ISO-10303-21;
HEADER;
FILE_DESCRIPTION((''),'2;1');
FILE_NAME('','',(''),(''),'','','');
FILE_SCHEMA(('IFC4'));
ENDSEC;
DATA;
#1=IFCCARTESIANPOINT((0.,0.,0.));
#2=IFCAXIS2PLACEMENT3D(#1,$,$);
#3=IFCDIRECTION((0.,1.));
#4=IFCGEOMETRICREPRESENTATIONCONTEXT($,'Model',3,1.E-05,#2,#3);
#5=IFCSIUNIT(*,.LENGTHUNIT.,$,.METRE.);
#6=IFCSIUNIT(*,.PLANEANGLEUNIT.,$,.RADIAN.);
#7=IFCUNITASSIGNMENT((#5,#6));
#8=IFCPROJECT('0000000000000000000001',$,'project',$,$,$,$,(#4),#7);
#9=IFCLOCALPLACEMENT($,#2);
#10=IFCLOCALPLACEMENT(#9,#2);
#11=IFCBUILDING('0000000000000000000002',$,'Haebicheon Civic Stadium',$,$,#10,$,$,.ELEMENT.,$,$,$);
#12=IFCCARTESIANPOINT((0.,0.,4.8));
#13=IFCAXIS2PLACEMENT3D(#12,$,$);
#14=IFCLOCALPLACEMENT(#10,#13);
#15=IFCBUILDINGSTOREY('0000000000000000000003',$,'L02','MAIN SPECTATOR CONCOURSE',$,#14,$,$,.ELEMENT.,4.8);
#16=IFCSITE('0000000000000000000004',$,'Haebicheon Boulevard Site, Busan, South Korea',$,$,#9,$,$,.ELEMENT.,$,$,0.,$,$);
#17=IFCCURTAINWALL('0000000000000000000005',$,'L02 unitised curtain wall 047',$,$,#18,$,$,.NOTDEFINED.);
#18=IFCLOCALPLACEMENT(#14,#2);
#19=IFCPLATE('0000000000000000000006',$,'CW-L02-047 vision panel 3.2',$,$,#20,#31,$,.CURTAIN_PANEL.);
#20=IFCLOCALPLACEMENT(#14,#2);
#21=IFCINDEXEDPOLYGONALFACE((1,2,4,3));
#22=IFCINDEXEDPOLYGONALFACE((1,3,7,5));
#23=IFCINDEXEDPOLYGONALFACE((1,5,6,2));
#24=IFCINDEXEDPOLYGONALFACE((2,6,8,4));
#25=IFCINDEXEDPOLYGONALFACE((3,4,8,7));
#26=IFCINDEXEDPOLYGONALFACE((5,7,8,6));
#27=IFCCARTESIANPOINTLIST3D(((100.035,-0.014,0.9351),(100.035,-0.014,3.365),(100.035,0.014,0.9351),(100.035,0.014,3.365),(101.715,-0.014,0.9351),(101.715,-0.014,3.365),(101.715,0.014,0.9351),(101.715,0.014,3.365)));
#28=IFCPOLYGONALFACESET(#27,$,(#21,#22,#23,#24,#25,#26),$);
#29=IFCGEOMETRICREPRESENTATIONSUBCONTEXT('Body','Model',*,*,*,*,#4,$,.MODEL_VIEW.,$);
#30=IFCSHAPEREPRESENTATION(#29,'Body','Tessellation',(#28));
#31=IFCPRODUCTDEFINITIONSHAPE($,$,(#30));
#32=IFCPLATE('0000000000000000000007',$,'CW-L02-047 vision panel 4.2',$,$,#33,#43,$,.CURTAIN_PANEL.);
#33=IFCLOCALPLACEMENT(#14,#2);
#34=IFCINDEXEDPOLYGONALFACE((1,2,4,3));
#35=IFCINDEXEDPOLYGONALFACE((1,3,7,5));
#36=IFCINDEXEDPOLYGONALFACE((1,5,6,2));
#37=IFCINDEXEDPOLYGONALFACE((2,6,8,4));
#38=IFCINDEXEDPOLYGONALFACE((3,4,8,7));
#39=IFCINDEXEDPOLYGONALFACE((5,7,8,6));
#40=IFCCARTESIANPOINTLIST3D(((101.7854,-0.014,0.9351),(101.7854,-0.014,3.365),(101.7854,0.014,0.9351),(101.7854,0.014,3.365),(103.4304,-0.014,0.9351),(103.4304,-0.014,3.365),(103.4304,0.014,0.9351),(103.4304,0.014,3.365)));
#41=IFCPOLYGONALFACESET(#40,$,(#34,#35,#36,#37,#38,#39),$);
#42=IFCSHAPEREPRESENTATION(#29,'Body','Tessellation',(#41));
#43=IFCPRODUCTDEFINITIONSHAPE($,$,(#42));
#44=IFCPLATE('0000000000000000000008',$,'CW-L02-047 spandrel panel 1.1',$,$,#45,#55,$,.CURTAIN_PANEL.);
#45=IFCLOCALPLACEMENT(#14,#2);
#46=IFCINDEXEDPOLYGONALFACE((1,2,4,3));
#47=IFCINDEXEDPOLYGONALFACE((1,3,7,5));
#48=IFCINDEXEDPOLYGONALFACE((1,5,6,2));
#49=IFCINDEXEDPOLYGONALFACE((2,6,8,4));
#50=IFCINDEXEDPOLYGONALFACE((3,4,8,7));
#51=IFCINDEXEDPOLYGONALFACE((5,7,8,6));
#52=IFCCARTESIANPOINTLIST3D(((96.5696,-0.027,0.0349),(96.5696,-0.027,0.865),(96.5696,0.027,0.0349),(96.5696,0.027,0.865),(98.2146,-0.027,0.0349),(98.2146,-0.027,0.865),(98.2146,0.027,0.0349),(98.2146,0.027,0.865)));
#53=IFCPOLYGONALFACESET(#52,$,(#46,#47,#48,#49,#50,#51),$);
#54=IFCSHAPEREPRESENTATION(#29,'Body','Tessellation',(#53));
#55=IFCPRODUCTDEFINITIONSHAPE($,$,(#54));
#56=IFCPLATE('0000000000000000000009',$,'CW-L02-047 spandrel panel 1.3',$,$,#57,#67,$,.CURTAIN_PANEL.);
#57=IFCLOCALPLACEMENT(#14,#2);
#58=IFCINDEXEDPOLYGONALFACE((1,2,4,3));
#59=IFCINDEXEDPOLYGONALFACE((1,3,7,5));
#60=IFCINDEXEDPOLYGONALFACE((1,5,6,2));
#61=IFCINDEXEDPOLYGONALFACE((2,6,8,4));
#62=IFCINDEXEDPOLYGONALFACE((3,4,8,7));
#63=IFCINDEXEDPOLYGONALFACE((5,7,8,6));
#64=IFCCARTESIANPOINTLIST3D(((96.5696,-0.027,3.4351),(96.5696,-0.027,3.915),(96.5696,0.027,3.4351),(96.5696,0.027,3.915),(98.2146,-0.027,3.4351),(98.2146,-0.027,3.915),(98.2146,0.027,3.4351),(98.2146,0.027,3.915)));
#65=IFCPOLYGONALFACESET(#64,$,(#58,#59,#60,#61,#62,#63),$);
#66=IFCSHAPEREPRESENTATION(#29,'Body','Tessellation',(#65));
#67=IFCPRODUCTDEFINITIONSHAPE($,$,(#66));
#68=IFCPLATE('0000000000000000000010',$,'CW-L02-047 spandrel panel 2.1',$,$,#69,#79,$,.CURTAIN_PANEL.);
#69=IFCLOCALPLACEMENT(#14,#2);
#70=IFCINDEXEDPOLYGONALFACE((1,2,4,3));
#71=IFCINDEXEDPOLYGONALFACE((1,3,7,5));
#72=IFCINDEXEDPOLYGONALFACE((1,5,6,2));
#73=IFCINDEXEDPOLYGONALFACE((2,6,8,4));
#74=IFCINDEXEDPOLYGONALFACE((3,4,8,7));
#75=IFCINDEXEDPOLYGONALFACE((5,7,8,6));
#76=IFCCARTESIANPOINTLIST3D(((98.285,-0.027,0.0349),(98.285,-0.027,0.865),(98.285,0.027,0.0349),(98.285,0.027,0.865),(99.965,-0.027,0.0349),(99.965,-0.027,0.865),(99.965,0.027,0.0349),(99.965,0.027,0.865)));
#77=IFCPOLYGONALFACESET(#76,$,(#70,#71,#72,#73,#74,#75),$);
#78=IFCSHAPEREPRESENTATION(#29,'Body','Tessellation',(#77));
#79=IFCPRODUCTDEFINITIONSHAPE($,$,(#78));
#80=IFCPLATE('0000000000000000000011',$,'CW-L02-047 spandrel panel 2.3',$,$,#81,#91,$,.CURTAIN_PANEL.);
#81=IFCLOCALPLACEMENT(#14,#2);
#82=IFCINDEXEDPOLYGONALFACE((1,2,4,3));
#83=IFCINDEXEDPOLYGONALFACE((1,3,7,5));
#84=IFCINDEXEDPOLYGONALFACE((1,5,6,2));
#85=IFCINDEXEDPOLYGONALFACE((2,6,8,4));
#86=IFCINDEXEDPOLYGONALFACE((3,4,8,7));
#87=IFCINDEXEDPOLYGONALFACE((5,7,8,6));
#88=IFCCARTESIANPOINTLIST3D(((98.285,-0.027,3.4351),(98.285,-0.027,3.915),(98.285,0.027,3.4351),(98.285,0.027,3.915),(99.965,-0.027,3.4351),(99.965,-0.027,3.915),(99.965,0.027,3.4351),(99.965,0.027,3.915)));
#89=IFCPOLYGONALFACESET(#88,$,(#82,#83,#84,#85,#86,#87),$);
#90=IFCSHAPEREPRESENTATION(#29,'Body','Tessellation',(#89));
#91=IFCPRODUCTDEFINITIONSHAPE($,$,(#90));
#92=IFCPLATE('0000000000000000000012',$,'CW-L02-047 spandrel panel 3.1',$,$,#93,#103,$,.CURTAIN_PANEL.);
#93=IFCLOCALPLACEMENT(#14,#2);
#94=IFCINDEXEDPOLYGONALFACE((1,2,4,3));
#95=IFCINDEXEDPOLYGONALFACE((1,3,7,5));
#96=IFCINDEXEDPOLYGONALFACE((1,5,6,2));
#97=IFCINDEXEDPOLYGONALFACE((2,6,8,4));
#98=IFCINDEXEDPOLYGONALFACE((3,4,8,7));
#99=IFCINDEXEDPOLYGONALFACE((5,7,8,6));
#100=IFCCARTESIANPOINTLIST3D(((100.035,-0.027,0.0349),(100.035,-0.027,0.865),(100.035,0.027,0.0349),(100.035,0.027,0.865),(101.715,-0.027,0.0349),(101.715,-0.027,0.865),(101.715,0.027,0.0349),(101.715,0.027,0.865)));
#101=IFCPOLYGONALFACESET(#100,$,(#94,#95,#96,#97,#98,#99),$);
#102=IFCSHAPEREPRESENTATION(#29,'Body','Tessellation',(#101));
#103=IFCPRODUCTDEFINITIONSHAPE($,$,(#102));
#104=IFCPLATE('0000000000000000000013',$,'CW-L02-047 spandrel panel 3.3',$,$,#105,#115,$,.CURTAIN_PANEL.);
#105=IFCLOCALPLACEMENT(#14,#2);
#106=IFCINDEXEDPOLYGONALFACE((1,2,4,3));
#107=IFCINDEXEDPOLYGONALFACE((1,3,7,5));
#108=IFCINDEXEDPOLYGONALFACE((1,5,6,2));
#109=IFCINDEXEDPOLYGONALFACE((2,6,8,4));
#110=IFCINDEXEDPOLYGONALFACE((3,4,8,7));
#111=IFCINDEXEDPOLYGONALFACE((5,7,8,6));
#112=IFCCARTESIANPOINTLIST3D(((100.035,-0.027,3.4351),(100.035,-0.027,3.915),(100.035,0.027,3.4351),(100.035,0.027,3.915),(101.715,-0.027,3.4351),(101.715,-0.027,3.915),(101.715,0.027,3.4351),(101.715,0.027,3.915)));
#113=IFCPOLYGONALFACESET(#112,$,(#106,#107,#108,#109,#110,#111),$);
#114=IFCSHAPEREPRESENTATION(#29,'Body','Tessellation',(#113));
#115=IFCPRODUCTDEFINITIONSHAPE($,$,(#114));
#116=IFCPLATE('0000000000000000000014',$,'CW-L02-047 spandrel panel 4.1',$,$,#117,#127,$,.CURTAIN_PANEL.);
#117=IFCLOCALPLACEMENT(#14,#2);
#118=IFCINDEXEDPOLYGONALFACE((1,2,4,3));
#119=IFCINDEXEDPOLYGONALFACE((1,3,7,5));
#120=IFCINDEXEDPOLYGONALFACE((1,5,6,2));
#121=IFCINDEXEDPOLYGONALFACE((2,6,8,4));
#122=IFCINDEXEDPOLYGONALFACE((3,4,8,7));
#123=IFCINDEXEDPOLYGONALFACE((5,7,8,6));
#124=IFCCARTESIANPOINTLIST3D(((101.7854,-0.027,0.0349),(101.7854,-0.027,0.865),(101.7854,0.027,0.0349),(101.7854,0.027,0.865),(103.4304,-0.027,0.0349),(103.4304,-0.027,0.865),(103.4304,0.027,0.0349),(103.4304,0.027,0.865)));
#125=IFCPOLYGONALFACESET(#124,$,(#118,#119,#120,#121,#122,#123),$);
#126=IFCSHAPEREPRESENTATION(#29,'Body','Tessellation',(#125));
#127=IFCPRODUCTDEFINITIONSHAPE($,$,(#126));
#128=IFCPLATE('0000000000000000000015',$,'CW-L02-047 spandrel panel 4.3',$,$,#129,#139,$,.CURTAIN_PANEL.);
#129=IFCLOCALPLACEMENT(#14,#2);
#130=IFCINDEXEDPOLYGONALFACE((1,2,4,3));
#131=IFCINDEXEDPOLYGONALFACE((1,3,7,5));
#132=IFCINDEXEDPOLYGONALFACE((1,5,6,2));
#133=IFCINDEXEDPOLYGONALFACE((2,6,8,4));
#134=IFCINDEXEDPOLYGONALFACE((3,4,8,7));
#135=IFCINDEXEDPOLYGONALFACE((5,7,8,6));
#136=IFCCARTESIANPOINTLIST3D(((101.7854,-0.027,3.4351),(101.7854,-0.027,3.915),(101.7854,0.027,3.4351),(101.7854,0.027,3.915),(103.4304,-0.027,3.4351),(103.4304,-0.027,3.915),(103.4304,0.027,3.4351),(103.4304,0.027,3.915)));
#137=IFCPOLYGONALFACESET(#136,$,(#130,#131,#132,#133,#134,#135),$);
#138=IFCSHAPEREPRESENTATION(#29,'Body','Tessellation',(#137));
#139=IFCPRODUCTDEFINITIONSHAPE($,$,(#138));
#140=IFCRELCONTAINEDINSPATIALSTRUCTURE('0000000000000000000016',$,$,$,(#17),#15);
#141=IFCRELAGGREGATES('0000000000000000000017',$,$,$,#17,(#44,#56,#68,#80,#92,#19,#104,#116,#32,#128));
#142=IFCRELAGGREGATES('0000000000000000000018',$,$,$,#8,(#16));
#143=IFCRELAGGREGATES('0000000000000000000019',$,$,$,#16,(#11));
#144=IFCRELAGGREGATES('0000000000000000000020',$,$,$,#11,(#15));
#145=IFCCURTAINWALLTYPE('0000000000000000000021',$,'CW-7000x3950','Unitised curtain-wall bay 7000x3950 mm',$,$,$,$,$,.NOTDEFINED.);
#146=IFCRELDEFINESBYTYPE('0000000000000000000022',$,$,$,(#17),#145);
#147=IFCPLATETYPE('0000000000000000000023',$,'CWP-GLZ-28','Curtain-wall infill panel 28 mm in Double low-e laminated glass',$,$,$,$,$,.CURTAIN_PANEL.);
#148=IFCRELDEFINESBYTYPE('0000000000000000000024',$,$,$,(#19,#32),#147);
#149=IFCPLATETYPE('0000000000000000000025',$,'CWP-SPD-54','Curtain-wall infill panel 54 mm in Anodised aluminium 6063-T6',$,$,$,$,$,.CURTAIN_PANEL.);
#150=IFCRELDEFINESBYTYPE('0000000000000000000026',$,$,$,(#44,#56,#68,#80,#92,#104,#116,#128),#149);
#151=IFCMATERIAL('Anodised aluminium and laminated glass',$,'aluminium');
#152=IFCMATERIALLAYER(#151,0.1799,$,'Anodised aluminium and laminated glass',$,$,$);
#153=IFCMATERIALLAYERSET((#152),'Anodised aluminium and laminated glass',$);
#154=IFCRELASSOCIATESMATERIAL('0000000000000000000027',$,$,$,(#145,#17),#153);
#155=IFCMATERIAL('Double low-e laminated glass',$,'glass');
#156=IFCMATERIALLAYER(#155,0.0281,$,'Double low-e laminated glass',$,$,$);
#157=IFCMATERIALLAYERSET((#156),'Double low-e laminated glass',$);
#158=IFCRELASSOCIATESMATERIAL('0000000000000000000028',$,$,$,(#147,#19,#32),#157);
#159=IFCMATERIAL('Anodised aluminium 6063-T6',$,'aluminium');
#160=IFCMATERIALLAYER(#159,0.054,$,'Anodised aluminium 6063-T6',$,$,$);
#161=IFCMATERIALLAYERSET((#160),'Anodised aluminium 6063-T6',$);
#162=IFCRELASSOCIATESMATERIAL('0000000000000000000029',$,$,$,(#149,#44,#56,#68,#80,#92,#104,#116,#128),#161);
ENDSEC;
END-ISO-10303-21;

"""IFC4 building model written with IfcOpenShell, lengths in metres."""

from ifc_helpers import new_model, si_unit, direction, frame, origin, origin_2d, place, context, subcontext, project, spatial, rectangle, extrude, material, layer, layer_set, type_object, element, aggregate, save


model = new_model("IFC4")

# Units and contexts
model_context = context("Model", 3, precision=1e-05, world=origin(), true_north=direction((0.0, 1.0)))
body_context = subcontext(model_context, "Body", "Model", "MODEL_VIEW")
ifc_project = project(units=[si_unit("LENGTHUNIT", "METRE"), si_unit("PLANEANGLEUNIT", "RADIAN")], contexts=[model_context])

# Site, building, storey
site_placement = place(None, origin())
site = spatial("IfcSite", under=ifc_project, at=site_placement, Name="Haebicheon Boulevard Site, Busan, South Korea", CompositionType="ELEMENT", RefElevation=0.0)
building_placement = place(site_placement, origin())
building = spatial("IfcBuilding", under=site, at=building_placement, Name="Haebicheon Civic Stadium", CompositionType="ELEMENT")
storey_placement = place(building_placement, frame((0.0, 0.0, 4.8)))
storey = spatial("IfcBuildingStorey", under=building, at=storey_placement, Name="L02", Description="MAIN SPECTATOR CONCOURSE", CompositionType="ELEMENT", Elevation=4.8)

# Curtain wall
ifc_material_1 = material(Name="Anodised aluminium and laminated glass", Category="aluminium")
ifc_layer_1 = layer(ifc_material_1, 0.1799, Name="Anodised aluminium and laminated glass")
ifc_layer_set_1 = layer_set([ifc_layer_1], Name="Anodised aluminium and laminated glass")
curtain_wall_type = type_object("IfcCurtainWallType", Name="CW-7000x3950", Description="Unitised curtain-wall bay 7000x3950 mm", PredefinedType="NOTDEFINED", material=ifc_layer_set_1)
curtain_wall_placement = place(storey_placement, origin())
curtain_wall = element("IfcCurtainWall", 1, at=curtain_wall_placement, inside=storey, type_object=curtain_wall_type, material=ifc_layer_set_1, Name="L02 unitised curtain wall 047", PredefinedType="NOTDEFINED")

# Plates
ifc_material_2 = material(Name="Double low-e laminated glass", Category="glass")
ifc_layer_2 = layer(ifc_material_2, 0.0281, Name="Double low-e laminated glass")
ifc_layer_set_2 = layer_set([ifc_layer_2], Name="Double low-e laminated glass")
plate_type_1 = type_object("IfcPlateType", Name="CWP-GLZ-28", Description="Curtain-wall infill panel 28 mm in Double low-e laminated glass", PredefinedType="CURTAIN_PANEL", material=ifc_layer_set_2)
plate_1_placement = place(storey_placement, frame((100.875, 0.0, 0.9351), z_axis=(0.0, 0.0, 1.0), x_axis=(1.0, 0.0, 0.0)))
plate_1 = element("IfcPlate", 2, at=plate_1_placement, type_object=plate_type_1, material=ifc_layer_set_2, Name="CW-L02-047 vision panel 3.2", PredefinedType="CURTAIN_PANEL", context=body_context, shape_type="SweptSolid", body=[
    extrude(rectangle(XDim=1.6799, YDim=0.0281, at=origin_2d()), origin(), (0.0, 0.0, 1.0), 2.4299),
])
plate_2_placement = place(storey_placement, frame((102.6079, 0.0, 0.9351), z_axis=(0.0, 0.0, 1.0), x_axis=(1.0, 0.0, 0.0)))
plate_2 = element("IfcPlate", 3, at=plate_2_placement, type_object=plate_type_1, material=ifc_layer_set_2, Name="CW-L02-047 vision panel 4.2", PredefinedType="CURTAIN_PANEL", context=body_context, shape_type="SweptSolid", body=[
    extrude(rectangle(XDim=1.645, YDim=0.0281, at=origin_2d()), origin(), (0.0, 0.0, 1.0), 2.4299),
])
ifc_material_3 = material(Name="Anodised aluminium 6063-T6", Category="aluminium")
ifc_layer_3 = layer(ifc_material_3, 0.054, Name="Anodised aluminium 6063-T6")
ifc_layer_set_3 = layer_set([ifc_layer_3], Name="Anodised aluminium 6063-T6")
plate_type_2 = type_object("IfcPlateType", Name="CWP-SPD-54", Description="Curtain-wall infill panel 54 mm in Anodised aluminium 6063-T6", PredefinedType="CURTAIN_PANEL", material=ifc_layer_set_3)
plate_3_placement = place(storey_placement, frame((97.3921, 0.0, 0.0349), z_axis=(0.0, 0.0, 1.0), x_axis=(1.0, 0.0, 0.0)))
plate_3 = element("IfcPlate", 4, at=plate_3_placement, type_object=plate_type_2, material=ifc_layer_set_3, Name="CW-L02-047 spandrel panel 1.1", PredefinedType="CURTAIN_PANEL", context=body_context, shape_type="SweptSolid", body=[
    extrude(rectangle(XDim=1.645, YDim=0.054, at=origin_2d()), origin(), (0.0, 0.0, 1.0), 0.8301),
])
plate_4_placement = place(storey_placement, frame((97.3921, 0.0, 3.4351), z_axis=(0.0, 0.0, 1.0), x_axis=(1.0, 0.0, 0.0)))
plate_4 = element("IfcPlate", 5, at=plate_4_placement, type_object=plate_type_2, material=ifc_layer_set_3, Name="CW-L02-047 spandrel panel 1.3", PredefinedType="CURTAIN_PANEL", context=body_context, shape_type="SweptSolid", body=[
    extrude(rectangle(XDim=1.645, YDim=0.054, at=origin_2d()), origin(), (0.0, 0.0, 1.0), 0.48),
])
plate_5_placement = place(storey_placement, frame((99.125, 0.0, 0.0349), z_axis=(0.0, 0.0, 1.0), x_axis=(1.0, 0.0, 0.0)))
plate_5 = element("IfcPlate", 6, at=plate_5_placement, type_object=plate_type_2, material=ifc_layer_set_3, Name="CW-L02-047 spandrel panel 2.1", PredefinedType="CURTAIN_PANEL", context=body_context, shape_type="SweptSolid", body=[
    extrude(rectangle(XDim=1.6799, YDim=0.054, at=origin_2d()), origin(), (0.0, 0.0, 1.0), 0.8301),
])
plate_6_placement = place(storey_placement, frame((99.125, 0.0, 3.4351), z_axis=(0.0, 0.0, 1.0), x_axis=(1.0, 0.0, 0.0)))
plate_6 = element("IfcPlate", 7, at=plate_6_placement, type_object=plate_type_2, material=ifc_layer_set_3, Name="CW-L02-047 spandrel panel 2.3", PredefinedType="CURTAIN_PANEL", context=body_context, shape_type="SweptSolid", body=[
    extrude(rectangle(XDim=1.6799, YDim=0.054, at=origin_2d()), origin(), (0.0, 0.0, 1.0), 0.48),
])
plate_7_placement = place(storey_placement, frame((100.875, 0.0, 0.0349), z_axis=(0.0, 0.0, 1.0), x_axis=(1.0, 0.0, 0.0)))
plate_7 = element("IfcPlate", 8, at=plate_7_placement, type_object=plate_type_2, material=ifc_layer_set_3, Name="CW-L02-047 spandrel panel 3.1", PredefinedType="CURTAIN_PANEL", context=body_context, shape_type="SweptSolid", body=[
    extrude(rectangle(XDim=1.6799, YDim=0.054, at=origin_2d()), origin(), (0.0, 0.0, 1.0), 0.8301),
])
plate_8_placement = place(storey_placement, frame((100.875, 0.0, 3.4351), z_axis=(0.0, 0.0, 1.0), x_axis=(1.0, 0.0, 0.0)))
plate_8 = element("IfcPlate", 9, at=plate_8_placement, type_object=plate_type_2, material=ifc_layer_set_3, Name="CW-L02-047 spandrel panel 3.3", PredefinedType="CURTAIN_PANEL", context=body_context, shape_type="SweptSolid", body=[
    extrude(rectangle(XDim=1.6799, YDim=0.054, at=origin_2d()), origin(), (0.0, 0.0, 1.0), 0.48),
])
plate_9_placement = place(storey_placement, frame((102.6079, 0.0, 0.0349), z_axis=(0.0, 0.0, 1.0), x_axis=(1.0, 0.0, 0.0)))
plate_9 = element("IfcPlate", 10, at=plate_9_placement, type_object=plate_type_2, material=ifc_layer_set_3, Name="CW-L02-047 spandrel panel 4.1", PredefinedType="CURTAIN_PANEL", context=body_context, shape_type="SweptSolid", body=[
    extrude(rectangle(XDim=1.645, YDim=0.054, at=origin_2d()), origin(), (0.0, 0.0, 1.0), 0.8301),
])
plate_10_placement = place(storey_placement, frame((102.6079, 0.0, 3.4351), z_axis=(0.0, 0.0, 1.0), x_axis=(1.0, 0.0, 0.0)))
plate_10 = element("IfcPlate", 11, at=plate_10_placement, type_object=plate_type_2, material=ifc_layer_set_3, Name="CW-L02-047 spandrel panel 4.3", PredefinedType="CURTAIN_PANEL", context=body_context, shape_type="SweptSolid", body=[
    extrude(rectangle(XDim=1.645, YDim=0.054, at=origin_2d()), origin(), (0.0, 0.0, 1.0), 0.48),
])
aggregate(curtain_wall, [plate_3, plate_4, plate_5, plate_6, plate_7, plate_1, plate_8, plate_9, plate_2, plate_10])

save(model, "model.ifc")
